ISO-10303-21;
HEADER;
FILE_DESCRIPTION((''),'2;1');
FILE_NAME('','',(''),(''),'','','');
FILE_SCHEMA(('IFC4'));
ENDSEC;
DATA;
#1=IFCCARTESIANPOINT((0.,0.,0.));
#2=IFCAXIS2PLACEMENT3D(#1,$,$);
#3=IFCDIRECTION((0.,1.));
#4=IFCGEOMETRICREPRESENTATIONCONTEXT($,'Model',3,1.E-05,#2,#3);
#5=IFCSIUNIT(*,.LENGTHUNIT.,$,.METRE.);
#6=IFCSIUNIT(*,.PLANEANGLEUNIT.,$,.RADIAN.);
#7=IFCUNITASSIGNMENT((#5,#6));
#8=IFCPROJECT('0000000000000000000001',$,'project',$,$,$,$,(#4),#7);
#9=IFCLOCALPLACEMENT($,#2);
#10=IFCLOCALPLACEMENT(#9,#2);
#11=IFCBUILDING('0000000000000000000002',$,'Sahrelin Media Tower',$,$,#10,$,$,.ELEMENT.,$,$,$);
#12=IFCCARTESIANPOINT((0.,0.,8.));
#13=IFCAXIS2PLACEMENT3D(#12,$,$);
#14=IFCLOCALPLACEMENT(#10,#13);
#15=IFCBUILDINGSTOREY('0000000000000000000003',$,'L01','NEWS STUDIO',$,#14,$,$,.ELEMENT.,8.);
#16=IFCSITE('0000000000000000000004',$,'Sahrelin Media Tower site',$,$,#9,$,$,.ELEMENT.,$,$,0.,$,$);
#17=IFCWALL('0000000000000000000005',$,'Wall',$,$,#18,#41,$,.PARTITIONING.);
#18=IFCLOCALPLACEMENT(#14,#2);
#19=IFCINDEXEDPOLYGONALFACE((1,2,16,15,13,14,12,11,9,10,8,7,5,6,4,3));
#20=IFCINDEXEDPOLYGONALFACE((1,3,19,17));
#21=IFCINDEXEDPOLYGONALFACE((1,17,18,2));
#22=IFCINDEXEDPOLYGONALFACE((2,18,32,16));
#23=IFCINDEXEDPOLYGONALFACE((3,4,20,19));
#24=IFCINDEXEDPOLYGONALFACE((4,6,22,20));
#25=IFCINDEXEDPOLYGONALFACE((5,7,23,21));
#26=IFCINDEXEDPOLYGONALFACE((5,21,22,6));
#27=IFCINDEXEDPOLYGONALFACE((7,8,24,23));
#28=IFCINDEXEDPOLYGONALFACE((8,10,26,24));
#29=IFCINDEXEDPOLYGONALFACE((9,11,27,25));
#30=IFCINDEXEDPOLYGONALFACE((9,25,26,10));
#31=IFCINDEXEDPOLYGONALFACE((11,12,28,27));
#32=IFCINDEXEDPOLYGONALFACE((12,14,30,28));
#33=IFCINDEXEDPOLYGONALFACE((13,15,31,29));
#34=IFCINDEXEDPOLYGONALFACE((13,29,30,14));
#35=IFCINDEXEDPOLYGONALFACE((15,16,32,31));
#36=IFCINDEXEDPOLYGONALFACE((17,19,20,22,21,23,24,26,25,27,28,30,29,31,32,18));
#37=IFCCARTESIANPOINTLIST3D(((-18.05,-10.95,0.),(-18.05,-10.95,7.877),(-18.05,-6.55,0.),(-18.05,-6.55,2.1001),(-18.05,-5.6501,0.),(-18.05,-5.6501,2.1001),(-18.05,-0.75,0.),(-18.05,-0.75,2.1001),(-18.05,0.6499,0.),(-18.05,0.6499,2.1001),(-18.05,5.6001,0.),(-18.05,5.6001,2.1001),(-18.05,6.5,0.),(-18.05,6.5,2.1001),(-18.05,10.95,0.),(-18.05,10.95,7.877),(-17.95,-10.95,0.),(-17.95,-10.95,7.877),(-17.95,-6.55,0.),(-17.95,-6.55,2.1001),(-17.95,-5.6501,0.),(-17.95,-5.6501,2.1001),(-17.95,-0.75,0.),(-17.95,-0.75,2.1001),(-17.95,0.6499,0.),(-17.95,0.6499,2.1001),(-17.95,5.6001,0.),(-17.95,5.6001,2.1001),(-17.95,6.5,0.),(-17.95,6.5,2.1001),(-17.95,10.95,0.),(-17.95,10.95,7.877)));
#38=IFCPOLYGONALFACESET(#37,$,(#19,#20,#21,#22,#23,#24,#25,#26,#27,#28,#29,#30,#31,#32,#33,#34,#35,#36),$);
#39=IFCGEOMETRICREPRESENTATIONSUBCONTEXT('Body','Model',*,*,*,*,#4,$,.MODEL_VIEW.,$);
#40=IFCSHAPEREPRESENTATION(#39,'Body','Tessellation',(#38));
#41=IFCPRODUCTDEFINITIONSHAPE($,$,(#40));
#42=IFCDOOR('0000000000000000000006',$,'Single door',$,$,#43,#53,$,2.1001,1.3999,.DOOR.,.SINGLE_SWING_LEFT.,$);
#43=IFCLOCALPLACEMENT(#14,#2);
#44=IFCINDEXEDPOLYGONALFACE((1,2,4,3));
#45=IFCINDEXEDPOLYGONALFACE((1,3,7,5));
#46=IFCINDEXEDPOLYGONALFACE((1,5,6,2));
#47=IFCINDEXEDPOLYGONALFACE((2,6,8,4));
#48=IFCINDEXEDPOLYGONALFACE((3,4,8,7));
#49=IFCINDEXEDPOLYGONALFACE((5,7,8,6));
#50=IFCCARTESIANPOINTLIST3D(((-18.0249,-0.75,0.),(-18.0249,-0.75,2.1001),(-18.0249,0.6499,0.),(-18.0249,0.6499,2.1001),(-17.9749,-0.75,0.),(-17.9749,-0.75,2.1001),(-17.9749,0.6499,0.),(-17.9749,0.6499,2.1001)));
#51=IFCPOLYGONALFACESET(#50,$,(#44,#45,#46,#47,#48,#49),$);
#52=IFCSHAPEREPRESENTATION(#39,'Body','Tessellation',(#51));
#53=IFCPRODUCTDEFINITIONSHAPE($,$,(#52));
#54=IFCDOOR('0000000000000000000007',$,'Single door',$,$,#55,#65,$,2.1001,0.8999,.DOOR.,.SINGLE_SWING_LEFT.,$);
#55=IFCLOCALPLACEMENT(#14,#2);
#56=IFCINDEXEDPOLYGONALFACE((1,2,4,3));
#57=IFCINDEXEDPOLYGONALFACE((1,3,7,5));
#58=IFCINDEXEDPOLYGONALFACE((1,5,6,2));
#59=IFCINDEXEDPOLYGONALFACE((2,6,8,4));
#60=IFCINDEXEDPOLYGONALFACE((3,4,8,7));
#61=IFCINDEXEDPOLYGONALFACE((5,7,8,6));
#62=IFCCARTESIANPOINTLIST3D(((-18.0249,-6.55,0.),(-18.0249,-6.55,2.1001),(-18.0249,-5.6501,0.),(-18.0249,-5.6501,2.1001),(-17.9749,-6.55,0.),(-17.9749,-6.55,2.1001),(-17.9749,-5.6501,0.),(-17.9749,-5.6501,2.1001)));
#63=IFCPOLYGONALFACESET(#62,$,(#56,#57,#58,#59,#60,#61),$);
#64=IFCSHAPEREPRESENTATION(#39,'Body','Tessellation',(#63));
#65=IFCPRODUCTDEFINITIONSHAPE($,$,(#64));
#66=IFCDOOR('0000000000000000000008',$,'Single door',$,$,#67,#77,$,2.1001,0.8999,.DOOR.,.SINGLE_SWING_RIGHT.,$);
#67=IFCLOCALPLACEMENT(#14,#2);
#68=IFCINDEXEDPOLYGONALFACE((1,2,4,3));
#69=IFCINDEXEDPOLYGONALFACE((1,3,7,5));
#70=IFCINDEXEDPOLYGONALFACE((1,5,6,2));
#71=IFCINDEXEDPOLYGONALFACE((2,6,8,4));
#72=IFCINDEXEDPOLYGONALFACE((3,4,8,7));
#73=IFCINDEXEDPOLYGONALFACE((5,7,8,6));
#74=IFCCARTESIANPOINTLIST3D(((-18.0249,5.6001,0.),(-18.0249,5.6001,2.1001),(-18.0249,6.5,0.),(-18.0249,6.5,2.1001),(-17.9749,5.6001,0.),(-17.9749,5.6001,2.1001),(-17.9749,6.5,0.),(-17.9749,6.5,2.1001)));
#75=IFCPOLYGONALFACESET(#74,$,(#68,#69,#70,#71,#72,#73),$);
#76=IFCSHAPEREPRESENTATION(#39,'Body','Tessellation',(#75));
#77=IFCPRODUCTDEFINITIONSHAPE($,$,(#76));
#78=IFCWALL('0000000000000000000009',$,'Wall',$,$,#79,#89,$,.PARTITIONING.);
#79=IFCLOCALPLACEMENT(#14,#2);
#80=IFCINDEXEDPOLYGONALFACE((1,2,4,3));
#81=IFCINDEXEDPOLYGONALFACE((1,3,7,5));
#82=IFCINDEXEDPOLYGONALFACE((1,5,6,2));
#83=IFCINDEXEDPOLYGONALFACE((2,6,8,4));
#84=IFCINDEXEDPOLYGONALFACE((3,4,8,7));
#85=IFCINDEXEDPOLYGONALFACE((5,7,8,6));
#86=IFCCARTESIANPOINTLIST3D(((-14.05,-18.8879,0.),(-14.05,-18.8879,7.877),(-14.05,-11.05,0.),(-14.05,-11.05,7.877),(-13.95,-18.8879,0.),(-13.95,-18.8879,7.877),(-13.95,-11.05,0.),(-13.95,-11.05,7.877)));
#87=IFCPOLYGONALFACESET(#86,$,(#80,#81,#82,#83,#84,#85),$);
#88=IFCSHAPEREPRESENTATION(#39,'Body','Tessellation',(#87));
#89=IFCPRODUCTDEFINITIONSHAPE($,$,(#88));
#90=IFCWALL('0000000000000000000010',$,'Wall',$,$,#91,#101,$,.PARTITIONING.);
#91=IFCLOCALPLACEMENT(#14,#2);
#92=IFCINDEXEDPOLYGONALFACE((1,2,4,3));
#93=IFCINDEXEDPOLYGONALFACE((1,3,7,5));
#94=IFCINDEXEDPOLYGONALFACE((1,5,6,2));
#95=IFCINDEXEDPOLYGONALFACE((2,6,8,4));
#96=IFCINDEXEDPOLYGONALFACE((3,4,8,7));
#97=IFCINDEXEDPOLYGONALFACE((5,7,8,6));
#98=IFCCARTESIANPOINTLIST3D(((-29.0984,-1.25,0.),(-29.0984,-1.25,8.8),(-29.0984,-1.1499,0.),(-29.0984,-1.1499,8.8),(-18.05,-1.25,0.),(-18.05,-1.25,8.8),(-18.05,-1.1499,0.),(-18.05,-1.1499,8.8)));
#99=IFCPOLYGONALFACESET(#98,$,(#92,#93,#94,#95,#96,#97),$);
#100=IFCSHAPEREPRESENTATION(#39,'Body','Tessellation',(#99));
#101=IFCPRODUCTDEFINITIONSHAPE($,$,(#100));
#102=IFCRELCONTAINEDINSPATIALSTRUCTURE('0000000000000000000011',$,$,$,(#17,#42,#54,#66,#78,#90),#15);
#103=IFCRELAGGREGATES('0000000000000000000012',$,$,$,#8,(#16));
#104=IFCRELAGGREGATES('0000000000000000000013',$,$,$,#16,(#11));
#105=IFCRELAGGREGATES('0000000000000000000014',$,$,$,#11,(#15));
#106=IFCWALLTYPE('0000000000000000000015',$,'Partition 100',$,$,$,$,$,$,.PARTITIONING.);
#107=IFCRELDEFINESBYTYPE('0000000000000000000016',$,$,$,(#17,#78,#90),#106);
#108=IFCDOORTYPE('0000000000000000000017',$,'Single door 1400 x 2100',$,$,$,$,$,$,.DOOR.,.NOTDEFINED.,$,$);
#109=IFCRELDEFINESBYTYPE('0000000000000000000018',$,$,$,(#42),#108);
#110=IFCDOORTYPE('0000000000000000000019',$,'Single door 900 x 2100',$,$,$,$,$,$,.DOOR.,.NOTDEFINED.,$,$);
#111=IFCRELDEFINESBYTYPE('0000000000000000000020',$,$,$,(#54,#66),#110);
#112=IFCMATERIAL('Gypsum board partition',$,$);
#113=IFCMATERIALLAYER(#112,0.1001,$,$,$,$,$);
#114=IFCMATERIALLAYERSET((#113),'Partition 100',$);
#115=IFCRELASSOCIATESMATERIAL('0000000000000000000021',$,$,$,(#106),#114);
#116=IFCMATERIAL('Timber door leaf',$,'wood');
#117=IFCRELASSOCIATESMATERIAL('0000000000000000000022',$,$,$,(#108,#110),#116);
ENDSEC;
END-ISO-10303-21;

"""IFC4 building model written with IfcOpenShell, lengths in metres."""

from ifc_helpers import new_model, si_unit, direction, frame, frame_2d, origin, place, context, subcontext, project, spatial, rectangle, extrude, material, layer, layer_set, type_object, element, fill, save


model = new_model("IFC4")

# Units and contexts
model_context = context("Model", 3, precision=1e-05, world=origin(), true_north=direction((0.0, 1.0)))
body_context = subcontext(model_context, "Body", "Model", "MODEL_VIEW")
ifc_project = project(units=[si_unit("LENGTHUNIT", "METRE"), si_unit("PLANEANGLEUNIT", "RADIAN")], contexts=[model_context])

# Site, building, storey
site_placement = place(None, origin())
site = spatial("IfcSite", under=ifc_project, at=site_placement, Name="Sahrelin Media Tower site", CompositionType="ELEMENT", RefElevation=0.0)
building_placement = place(site_placement, origin())
building = spatial("IfcBuilding", under=site, at=building_placement, Name="Sahrelin Media Tower", CompositionType="ELEMENT")
storey_placement = place(building_placement, frame((0.0, 0.0, 8.0)))
storey = spatial("IfcBuildingStorey", under=building, at=storey_placement, Name="L01", Description="NEWS STUDIO", CompositionType="ELEMENT", Elevation=8.0)

# Shared definitions
ifc_material_1 = material(Name="Gypsum board partition")
ifc_layer_1 = layer(ifc_material_1, 0.1001)
ifc_layer_set_1 = layer_set([ifc_layer_1], Name="Partition 100")
wall_type_1 = type_object("IfcWallType", Name="Partition 100", PredefinedType="PARTITIONING", material=ifc_layer_set_1)

# Wall, openings, doors
ifc_material_2 = material(Name="Timber door leaf", Category="wood")
door_type_1 = type_object("IfcDoorType", Name="Single door 1400 x 2100", OperationType="NOTDEFINED", PredefinedType="DOOR", material=ifc_material_2)
door_type_2 = type_object("IfcDoorType", Name="Single door 900 x 2100", OperationType="NOTDEFINED", PredefinedType="DOOR", material=ifc_material_2)
wall_1_placement = place(storey_placement, frame((-18.0, -10.95, 0.0), z_axis=(0.0, 0.0, 1.0), x_axis=(0.0, 1.0, 0.0)))
wall_1 = element("IfcWall", 1, at=wall_1_placement, inside=storey, type_object=wall_type_1, Name="Wall", PredefinedType="PARTITIONING", context=body_context, shape_type="SweptSolid", body=[
    extrude(rectangle(XDim=21.8999, YDim=0.1001, at=frame_2d((10.95, 0.0))), origin(), (0.0, 0.0, 1.0), 7.877),
])
opening_1_placement = place(wall_1_placement, frame((4.3999, 0.0, 0.0)))
opening_1 = element("IfcOpeningElement", 2, at=opening_1_placement, cuts=wall_1, PredefinedType="OPENING", context=body_context, shape_type="SweptSolid", body=[
    extrude(rectangle(XDim=0.8999, YDim=2.1001, at=frame_2d((0.45, 1.05))), frame((0.0, 0.05, 0.0), z_axis=(0.0, -1.0, 0.0), x_axis=(1.0, 0.0, 0.0)), (0.0, 0.0, 1.0), 0.1001),
])
opening_2_placement = place(wall_1_placement, frame((10.2, 0.0, 0.0)))
opening_2 = element("IfcOpeningElement", 3, at=opening_2_placement, cuts=wall_1, PredefinedType="OPENING", context=body_context, shape_type="SweptSolid", body=[
    extrude(rectangle(XDim=1.3999, YDim=2.1001, at=frame_2d((0.7, 1.05))), frame((0.0, 0.05, 0.0), z_axis=(0.0, -1.0, 0.0), x_axis=(1.0, 0.0, 0.0)), (0.0, 0.0, 1.0), 0.1001),
])
opening_3_placement = place(wall_1_placement, frame((16.55, 0.0, 0.0)))
opening_3 = element("IfcOpeningElement", 4, at=opening_3_placement, cuts=wall_1, PredefinedType="OPENING", context=body_context, shape_type="SweptSolid", body=[
    extrude(rectangle(XDim=0.8999, YDim=2.1001, at=frame_2d((0.45, 1.05))), frame((0.0, 0.05, 0.0), z_axis=(0.0, -1.0, 0.0), x_axis=(1.0, 0.0, 0.0)), (0.0, 0.0, 1.0), 0.1001),
])
door_1_placement = place(opening_2_placement, origin())
door_1 = element("IfcDoor", 5, at=door_1_placement, inside=storey, type_object=door_type_1, Name="Single door", OperationType="SINGLE_SWING_LEFT", OverallHeight=2.1001, OverallWidth=1.3999, PredefinedType="DOOR", context=body_context, shape_type="SweptSolid", body=[
    extrude(rectangle(XDim=1.3999, YDim=2.1001, at=frame_2d((0.7, 1.05))), frame((0.0, 0.0249, 0.0), z_axis=(0.0, -1.0, 0.0), x_axis=(1.0, 0.0, 0.0)), (0.0, 0.0, 1.0), 0.05),
])
fill(opening_2, door_1)
door_2_placement = place(opening_1_placement, origin())
door_2 = element("IfcDoor", 6, at=door_2_placement, inside=storey, type_object=door_type_2, Name="Single door", OperationType="SINGLE_SWING_LEFT", OverallHeight=2.1001, OverallWidth=0.8999, PredefinedType="DOOR", context=body_context, shape_type="SweptSolid", body=[
    extrude(rectangle(XDim=0.8999, YDim=2.1001, at=frame_2d((0.45, 1.05))), frame((0.0, 0.0249, 0.0), z_axis=(0.0, -1.0, 0.0), x_axis=(1.0, 0.0, 0.0)), (0.0, 0.0, 1.0), 0.05),
])
fill(opening_1, door_2)
door_3_placement = place(opening_3_placement, origin())
door_3 = element("IfcDoor", 7, at=door_3_placement, inside=storey, type_object=door_type_2, Name="Single door", OperationType="SINGLE_SWING_RIGHT", OverallHeight=2.1001, OverallWidth=0.8999, PredefinedType="DOOR", context=body_context, shape_type="SweptSolid", body=[
    extrude(rectangle(XDim=0.8999, YDim=2.1001, at=frame_2d((0.45, 1.05))), frame((0.0, 0.0249, 0.0), z_axis=(0.0, -1.0, 0.0), x_axis=(1.0, 0.0, 0.0)), (0.0, 0.0, 1.0), 0.05),
])
fill(opening_3, door_3)

# Walls
wall_2_placement = place(storey_placement, frame((-14.0, -11.05, 0.0), z_axis=(0.0, 0.0, 1.0), x_axis=(0.0, -1.0, 0.0)))
element("IfcWall", 8, at=wall_2_placement, inside=storey, type_object=wall_type_1, Name="Wall", PredefinedType="PARTITIONING", context=body_context, shape_type="SweptSolid", body=[
    extrude(rectangle(XDim=7.8379, YDim=0.1001, at=frame_2d((3.9189, 0.0))), origin(), (0.0, 0.0, 1.0), 7.877),
])
wall_3_placement = place(storey_placement, frame((-18.05, -1.2, 0.0), z_axis=(0.0, 0.0, 1.0), x_axis=(-1.0, 0.0, 0.0)))
element("IfcWall", 9, at=wall_3_placement, inside=storey, type_object=wall_type_1, Name="Wall", PredefinedType="PARTITIONING", context=body_context, shape_type="SweptSolid", body=[
    extrude(rectangle(XDim=11.0483, YDim=0.1001, at=frame_2d((5.5242, 0.0))), origin(), (0.0, 0.0, 1.0), 8.8),
])

save(model, "model.ifc")
